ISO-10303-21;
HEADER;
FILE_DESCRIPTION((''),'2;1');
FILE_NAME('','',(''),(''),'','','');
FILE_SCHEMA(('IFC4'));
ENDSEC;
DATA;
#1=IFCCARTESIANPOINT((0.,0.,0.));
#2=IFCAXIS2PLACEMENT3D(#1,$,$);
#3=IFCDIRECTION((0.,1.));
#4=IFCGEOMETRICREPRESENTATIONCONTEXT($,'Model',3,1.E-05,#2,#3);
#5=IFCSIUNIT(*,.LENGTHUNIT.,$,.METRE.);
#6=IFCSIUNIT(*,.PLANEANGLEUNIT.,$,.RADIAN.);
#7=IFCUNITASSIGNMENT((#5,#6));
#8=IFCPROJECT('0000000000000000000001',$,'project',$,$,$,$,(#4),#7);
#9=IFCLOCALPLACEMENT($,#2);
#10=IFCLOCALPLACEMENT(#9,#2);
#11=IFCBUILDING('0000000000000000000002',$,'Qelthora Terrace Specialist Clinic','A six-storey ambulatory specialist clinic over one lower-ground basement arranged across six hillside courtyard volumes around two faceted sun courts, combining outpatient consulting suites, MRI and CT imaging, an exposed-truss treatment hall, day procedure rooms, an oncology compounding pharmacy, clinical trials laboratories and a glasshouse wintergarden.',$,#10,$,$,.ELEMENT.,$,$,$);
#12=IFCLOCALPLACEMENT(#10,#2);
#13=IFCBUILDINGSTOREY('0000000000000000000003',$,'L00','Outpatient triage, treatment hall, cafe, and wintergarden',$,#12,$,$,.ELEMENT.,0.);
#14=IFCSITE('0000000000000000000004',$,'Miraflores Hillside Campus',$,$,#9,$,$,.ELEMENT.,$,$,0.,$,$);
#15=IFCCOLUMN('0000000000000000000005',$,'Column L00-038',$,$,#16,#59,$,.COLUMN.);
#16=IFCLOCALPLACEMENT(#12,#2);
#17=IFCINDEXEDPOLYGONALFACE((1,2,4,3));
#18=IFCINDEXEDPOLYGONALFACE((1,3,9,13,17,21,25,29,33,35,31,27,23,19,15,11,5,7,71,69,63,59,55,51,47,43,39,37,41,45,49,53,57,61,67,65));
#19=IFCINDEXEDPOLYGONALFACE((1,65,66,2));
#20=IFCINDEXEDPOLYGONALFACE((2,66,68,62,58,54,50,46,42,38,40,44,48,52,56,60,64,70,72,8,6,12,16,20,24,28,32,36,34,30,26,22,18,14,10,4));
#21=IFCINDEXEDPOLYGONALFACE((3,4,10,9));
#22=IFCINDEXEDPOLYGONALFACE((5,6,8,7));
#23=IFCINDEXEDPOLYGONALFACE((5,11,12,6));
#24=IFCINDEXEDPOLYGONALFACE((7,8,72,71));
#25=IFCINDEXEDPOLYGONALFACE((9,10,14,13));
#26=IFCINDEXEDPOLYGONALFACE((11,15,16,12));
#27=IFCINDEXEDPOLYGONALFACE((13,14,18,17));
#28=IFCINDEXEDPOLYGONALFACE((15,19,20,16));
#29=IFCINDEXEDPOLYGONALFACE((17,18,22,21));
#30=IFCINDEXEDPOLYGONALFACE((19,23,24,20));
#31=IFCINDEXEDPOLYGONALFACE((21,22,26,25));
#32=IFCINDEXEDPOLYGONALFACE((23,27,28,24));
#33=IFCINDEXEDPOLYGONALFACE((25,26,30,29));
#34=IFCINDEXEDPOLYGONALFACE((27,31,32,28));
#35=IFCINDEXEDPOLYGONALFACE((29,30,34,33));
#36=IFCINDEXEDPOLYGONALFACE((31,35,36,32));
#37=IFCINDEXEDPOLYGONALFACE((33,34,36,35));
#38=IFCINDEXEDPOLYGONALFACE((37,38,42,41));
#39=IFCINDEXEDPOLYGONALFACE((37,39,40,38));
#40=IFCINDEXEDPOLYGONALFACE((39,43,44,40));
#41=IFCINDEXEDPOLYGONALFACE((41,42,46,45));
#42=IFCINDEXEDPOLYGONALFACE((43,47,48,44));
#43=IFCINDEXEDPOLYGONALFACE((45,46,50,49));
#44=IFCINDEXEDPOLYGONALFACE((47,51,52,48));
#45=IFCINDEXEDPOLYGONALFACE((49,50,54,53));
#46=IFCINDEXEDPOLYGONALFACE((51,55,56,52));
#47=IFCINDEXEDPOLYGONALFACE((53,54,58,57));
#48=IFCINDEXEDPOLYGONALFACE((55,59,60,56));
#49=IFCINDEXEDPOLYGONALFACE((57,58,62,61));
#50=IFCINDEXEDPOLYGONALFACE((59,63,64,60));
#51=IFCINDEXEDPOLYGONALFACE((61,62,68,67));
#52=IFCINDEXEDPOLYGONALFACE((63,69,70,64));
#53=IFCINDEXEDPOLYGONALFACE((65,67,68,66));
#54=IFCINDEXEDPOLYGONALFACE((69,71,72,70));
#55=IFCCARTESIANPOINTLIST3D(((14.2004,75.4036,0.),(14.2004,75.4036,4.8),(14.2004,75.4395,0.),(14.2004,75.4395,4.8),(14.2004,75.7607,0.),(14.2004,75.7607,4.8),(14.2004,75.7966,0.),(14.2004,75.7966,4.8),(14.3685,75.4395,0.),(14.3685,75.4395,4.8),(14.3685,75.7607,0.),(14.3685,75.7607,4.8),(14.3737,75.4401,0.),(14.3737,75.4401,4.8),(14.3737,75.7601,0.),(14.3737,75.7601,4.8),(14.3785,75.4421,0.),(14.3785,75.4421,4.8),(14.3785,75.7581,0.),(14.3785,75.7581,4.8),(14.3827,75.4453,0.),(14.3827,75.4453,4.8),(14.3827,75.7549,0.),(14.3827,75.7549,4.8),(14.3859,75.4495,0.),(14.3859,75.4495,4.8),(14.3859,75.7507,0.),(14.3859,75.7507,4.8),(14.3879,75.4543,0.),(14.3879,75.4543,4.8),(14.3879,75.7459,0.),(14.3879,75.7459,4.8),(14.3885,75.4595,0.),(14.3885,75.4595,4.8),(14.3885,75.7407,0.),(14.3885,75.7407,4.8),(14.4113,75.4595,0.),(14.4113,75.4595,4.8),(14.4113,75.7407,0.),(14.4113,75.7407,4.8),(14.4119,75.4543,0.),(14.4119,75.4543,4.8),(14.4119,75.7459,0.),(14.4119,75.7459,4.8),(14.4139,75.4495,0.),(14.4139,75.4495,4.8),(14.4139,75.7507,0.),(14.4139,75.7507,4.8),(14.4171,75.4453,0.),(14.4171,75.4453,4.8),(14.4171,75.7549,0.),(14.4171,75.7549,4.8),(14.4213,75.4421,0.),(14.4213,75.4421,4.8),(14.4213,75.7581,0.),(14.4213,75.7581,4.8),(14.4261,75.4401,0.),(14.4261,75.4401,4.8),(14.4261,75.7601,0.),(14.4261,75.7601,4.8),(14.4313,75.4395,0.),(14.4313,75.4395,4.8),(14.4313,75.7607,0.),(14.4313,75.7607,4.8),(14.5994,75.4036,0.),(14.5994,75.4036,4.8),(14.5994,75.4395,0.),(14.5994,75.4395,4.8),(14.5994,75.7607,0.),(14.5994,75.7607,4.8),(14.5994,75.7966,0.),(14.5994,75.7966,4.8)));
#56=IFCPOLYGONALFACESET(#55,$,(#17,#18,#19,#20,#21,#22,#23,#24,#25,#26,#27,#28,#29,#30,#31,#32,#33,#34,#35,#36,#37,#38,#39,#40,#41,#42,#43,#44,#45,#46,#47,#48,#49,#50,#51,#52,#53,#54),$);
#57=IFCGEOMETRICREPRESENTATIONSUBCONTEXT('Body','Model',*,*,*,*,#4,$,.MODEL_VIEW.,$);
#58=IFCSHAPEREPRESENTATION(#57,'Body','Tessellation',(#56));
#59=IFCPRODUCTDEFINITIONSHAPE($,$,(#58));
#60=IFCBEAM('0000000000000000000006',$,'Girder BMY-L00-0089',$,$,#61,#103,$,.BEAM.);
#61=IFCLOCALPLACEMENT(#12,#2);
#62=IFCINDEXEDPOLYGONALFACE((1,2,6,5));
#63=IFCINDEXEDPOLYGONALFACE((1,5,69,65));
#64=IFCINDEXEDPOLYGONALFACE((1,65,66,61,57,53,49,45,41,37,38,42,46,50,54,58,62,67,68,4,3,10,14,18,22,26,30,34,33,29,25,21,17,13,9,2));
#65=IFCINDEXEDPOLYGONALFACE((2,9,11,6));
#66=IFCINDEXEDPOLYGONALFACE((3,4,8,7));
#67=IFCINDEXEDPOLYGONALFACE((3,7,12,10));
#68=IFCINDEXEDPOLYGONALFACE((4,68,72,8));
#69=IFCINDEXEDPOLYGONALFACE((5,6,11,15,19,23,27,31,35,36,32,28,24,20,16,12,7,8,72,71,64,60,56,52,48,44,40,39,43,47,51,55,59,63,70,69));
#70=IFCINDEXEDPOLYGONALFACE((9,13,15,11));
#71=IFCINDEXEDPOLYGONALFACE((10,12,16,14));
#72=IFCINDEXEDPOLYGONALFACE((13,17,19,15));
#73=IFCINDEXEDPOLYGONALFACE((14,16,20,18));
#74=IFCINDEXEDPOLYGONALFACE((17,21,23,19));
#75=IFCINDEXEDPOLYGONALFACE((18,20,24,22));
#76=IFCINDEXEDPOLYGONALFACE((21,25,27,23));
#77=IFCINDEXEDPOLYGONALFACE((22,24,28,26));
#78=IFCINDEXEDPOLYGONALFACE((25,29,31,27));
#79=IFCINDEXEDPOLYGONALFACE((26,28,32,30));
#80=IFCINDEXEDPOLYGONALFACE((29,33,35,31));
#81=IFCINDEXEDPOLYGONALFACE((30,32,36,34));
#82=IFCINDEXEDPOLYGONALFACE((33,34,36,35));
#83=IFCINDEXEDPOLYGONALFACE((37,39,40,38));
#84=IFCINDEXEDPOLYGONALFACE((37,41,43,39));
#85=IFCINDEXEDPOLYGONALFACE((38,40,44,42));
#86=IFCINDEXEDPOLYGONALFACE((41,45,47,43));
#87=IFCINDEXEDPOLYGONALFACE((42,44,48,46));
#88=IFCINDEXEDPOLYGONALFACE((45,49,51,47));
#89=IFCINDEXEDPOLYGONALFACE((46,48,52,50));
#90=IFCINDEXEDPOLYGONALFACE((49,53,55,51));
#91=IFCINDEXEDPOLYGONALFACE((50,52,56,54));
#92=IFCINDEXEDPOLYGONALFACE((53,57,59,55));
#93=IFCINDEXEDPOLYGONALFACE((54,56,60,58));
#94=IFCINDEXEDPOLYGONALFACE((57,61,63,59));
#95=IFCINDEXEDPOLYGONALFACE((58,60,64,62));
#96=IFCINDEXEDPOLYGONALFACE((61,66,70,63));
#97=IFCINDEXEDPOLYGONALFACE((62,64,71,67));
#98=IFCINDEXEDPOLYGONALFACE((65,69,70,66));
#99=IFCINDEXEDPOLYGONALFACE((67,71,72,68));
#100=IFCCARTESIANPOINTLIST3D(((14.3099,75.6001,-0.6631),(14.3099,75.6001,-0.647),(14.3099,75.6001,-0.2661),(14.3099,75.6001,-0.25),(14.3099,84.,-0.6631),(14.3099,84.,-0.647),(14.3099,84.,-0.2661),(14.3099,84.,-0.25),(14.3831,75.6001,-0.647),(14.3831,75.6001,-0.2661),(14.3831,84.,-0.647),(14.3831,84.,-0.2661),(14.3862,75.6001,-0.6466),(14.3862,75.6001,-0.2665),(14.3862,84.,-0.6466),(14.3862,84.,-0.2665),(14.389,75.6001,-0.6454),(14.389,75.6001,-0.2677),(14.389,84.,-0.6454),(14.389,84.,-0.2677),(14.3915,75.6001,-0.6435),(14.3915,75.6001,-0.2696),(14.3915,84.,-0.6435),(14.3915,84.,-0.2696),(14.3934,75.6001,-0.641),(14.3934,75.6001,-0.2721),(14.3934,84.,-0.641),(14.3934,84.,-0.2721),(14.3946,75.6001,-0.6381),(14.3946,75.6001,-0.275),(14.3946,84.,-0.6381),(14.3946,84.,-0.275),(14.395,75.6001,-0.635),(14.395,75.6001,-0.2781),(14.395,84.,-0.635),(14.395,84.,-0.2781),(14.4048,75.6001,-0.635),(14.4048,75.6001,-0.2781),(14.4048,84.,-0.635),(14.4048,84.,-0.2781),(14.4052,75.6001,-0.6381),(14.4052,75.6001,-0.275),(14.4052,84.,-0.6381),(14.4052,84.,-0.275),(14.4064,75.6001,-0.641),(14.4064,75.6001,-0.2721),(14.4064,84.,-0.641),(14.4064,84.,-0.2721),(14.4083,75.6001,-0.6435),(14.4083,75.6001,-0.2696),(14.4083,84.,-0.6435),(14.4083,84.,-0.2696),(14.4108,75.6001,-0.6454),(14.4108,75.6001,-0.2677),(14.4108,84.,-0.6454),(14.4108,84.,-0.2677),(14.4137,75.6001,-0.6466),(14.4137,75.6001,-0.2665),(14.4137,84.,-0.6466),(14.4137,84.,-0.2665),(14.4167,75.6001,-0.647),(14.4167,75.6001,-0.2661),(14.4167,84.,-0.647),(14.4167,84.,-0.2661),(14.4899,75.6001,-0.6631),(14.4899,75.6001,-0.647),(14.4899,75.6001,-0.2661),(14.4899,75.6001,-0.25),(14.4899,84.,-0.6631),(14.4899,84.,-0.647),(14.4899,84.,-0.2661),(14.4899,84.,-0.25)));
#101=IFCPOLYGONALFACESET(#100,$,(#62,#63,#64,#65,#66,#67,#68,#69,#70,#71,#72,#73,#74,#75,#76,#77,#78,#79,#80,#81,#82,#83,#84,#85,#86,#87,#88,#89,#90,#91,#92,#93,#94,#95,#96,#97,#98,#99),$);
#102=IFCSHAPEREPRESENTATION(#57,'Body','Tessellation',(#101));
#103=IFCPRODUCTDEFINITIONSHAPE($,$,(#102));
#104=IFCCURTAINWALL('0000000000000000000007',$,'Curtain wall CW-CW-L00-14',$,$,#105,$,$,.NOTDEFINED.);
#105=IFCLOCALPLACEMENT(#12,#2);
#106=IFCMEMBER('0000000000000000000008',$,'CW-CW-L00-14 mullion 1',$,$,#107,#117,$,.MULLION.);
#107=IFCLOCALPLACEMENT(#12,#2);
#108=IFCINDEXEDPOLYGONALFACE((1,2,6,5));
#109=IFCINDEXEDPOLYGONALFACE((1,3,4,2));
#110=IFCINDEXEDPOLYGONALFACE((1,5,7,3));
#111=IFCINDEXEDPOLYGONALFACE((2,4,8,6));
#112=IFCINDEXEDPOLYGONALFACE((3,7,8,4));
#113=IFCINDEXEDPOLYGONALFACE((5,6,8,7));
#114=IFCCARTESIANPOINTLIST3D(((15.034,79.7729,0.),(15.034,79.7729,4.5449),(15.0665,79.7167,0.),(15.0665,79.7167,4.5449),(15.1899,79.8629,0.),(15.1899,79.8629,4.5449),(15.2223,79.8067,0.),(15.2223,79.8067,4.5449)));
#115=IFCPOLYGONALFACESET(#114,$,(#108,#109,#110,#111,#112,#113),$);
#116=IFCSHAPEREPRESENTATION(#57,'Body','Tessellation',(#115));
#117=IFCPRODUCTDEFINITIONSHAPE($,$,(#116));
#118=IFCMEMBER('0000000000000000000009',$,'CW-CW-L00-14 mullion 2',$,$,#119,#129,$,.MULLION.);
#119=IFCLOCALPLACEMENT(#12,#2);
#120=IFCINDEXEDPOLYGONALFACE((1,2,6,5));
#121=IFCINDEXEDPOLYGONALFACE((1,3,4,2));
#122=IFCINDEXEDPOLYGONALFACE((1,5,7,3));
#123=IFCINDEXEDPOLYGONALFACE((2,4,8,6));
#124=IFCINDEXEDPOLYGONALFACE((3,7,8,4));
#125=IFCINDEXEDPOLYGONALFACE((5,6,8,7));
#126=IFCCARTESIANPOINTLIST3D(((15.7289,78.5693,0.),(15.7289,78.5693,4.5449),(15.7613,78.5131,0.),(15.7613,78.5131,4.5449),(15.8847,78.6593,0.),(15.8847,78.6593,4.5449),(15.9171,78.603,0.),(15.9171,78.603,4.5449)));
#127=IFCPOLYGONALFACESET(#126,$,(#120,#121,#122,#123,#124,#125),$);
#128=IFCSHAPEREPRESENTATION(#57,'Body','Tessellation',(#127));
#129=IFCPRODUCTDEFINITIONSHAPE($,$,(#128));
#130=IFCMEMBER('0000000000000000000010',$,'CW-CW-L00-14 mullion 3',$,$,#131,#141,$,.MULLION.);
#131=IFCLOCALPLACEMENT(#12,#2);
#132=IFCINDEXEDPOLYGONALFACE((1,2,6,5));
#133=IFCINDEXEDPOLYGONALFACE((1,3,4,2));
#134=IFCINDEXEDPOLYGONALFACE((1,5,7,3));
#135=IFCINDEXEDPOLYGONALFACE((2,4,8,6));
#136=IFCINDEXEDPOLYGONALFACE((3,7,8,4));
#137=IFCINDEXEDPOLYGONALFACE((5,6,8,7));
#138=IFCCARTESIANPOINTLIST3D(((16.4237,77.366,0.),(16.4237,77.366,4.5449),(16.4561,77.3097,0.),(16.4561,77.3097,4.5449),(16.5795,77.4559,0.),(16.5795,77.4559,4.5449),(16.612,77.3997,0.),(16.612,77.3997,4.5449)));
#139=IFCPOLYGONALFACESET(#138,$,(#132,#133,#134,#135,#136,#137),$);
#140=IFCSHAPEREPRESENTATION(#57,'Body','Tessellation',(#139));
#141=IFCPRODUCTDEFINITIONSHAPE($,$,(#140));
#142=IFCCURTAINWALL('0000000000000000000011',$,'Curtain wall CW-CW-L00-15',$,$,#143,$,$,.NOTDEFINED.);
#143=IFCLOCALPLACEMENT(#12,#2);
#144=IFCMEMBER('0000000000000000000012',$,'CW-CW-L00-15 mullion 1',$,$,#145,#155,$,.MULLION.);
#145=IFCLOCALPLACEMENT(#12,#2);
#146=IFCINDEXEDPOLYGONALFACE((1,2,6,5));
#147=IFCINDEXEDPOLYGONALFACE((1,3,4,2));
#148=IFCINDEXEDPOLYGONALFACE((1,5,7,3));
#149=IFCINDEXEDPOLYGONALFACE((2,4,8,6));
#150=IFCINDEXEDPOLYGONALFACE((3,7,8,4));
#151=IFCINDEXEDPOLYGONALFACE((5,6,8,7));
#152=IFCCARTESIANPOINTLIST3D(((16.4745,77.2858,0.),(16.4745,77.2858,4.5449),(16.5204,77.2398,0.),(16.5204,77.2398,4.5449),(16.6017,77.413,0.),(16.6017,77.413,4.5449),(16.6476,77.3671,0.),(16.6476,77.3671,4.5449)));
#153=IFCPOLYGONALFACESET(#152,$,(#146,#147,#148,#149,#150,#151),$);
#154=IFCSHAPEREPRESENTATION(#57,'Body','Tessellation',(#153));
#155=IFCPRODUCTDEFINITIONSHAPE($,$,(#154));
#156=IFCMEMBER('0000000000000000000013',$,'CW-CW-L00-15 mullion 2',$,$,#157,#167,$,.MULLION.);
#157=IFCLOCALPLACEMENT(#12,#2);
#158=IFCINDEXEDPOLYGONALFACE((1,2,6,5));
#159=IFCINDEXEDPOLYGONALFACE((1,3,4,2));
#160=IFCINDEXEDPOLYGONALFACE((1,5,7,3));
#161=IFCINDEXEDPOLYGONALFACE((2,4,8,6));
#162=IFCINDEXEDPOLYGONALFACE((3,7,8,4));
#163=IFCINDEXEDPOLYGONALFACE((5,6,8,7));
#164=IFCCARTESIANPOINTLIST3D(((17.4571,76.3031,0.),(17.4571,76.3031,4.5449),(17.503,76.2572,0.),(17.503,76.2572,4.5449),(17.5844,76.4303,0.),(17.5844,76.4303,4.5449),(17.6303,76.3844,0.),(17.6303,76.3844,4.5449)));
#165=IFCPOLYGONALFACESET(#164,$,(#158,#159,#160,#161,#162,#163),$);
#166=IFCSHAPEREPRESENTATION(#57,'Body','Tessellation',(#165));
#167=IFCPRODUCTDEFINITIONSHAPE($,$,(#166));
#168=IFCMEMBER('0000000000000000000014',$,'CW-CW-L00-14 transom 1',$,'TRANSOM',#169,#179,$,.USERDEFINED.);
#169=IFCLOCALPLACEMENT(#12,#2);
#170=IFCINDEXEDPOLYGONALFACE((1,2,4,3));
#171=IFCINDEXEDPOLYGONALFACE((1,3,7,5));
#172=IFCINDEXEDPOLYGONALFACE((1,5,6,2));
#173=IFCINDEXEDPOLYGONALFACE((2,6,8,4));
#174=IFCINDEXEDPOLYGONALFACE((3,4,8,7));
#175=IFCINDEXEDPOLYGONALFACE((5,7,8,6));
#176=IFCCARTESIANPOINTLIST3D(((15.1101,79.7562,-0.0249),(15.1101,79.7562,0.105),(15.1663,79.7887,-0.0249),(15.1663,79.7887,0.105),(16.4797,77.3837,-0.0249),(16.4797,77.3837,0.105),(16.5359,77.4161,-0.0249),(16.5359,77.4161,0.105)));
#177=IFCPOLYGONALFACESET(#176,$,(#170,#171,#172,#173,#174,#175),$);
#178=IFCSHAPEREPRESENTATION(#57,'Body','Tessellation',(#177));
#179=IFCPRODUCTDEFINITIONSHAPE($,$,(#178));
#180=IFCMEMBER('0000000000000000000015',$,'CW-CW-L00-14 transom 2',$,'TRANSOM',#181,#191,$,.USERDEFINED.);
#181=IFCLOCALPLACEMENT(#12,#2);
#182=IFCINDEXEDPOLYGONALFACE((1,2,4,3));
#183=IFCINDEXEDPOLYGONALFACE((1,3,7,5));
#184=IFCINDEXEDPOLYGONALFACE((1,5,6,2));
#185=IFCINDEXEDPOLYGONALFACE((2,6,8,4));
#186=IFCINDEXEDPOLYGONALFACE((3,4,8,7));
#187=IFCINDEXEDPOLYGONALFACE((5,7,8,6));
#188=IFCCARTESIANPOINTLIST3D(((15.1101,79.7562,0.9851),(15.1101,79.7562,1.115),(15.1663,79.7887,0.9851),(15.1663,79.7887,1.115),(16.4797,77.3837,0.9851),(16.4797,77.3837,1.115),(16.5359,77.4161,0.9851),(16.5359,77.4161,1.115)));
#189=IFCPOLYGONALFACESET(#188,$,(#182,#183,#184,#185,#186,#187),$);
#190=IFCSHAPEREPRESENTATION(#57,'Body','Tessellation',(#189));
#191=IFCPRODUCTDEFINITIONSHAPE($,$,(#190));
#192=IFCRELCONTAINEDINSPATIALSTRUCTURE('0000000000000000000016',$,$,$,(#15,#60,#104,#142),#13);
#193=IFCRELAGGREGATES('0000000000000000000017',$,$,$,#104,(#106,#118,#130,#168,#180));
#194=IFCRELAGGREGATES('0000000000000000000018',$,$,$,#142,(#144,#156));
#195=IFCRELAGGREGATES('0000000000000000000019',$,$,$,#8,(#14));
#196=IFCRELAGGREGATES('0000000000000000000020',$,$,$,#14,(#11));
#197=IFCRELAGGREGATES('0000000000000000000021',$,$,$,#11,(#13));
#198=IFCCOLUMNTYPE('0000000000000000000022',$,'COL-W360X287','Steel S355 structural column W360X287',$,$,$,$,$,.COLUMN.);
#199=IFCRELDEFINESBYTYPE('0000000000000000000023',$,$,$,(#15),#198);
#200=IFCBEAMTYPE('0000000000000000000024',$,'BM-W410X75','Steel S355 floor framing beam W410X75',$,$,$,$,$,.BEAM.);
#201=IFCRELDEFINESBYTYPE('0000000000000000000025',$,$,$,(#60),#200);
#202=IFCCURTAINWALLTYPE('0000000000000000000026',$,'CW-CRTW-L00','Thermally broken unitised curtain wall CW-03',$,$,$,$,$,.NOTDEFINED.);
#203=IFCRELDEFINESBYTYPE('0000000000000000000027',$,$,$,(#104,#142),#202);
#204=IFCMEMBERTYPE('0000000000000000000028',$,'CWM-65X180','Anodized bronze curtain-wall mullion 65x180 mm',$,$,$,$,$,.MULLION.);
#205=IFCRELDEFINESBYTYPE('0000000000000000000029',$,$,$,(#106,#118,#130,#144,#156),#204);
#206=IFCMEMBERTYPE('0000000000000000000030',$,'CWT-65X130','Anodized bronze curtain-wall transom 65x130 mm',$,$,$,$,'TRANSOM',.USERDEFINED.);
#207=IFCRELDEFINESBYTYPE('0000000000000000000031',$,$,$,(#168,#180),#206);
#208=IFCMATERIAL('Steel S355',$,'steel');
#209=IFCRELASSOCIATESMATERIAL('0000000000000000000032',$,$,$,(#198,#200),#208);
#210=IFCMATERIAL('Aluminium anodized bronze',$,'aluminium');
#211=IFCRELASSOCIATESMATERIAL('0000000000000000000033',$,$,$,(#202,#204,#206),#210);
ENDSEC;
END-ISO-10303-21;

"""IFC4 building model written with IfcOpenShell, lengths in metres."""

from ifc_helpers import new_model, si_unit, direction, frame, origin, origin_2d, place, context, subcontext, project, spatial, rectangle, i_section, extrude, material, material_profile, profile_set, type_object, element, aggregate, save


model = new_model("IFC4")

# Units and contexts
model_context = context("Model", 3, precision=1e-05, world=origin(), true_north=direction((0.0, 1.0)))
body_context = subcontext(model_context, "Body", "Model", "MODEL_VIEW")
ifc_project = project(units=[si_unit("LENGTHUNIT", "METRE"), si_unit("PLANEANGLEUNIT", "RADIAN")], contexts=[model_context])

# Site, building, storey
site_placement = place(None, origin())
site = spatial("IfcSite", under=ifc_project, at=site_placement, Name="Miraflores Hillside Campus", CompositionType="ELEMENT", RefElevation=0.0)
building_placement = place(site_placement, origin())
building = spatial("IfcBuilding", under=site, at=building_placement, Name="Qelthora Terrace Specialist Clinic", Description="A six-storey ambulatory specialist clinic over one lower-ground basement arranged across six hillside courtyard volumes around two faceted sun courts, combining outpatient consulting suites, MRI and CT imaging, an exposed-truss treatment hall, day procedure rooms, an oncology compounding pharmacy, clinical trials laboratories and a glasshouse wintergarden.", CompositionType="ELEMENT")
storey_placement = place(building_placement, origin())
storey = spatial("IfcBuildingStorey", under=building, at=storey_placement, Name="L00", Description="Outpatient triage, treatment hall, cafe, and wintergarden", CompositionType="ELEMENT", Elevation=0.0)

# Column
ifc_material_1 = material(Name="Steel S355", Category="steel")
ifc_material_profile_1 = material_profile(ifc_material_1, i_section(OverallWidth=0.3989, OverallDepth=0.3931, WebThickness=0.0227, FlangeThickness=0.0359, FilletRadius=0.02, at=origin_2d()), Name="W360X287")
ifc_profile_set_1 = profile_set([ifc_material_profile_1], Name="Steel S355")
column_type = type_object("IfcColumnType", Name="COL-W360X287", Description="Steel S355 structural column W360X287", PredefinedType="COLUMN", material=ifc_profile_set_1)
column_placement = place(storey_placement, frame((14.3999, 75.6001, 0.0), z_axis=(0.0, 0.0, 1.0), x_axis=(1.0, 0.0, 0.0)))
element("IfcColumn", 1, at=column_placement, inside=storey, type_object=column_type, Name="Column L00-038", PredefinedType="COLUMN", context=body_context, shape_type="SweptSolid", body=[
    extrude(i_section(OverallWidth=0.3989, OverallDepth=0.3931, WebThickness=0.0227, FlangeThickness=0.0359, FilletRadius=0.02, at=origin_2d()), origin(), (0.0, 0.0, 1.0), 4.8),
])

# Beam
ifc_material_profile_2 = material_profile(ifc_material_1, i_section(OverallWidth=0.1799, OverallDepth=0.4131, WebThickness=0.0098, FlangeThickness=0.0161, FilletRadius=0.012, at=origin_2d()), Name="W410X75")
ifc_profile_set_2 = profile_set([ifc_material_profile_2], Name="Steel S355")
beam_type = type_object("IfcBeamType", Name="BM-W410X75", Description="Steel S355 floor framing beam W410X75", PredefinedType="BEAM", material=ifc_profile_set_2)
beam_placement = place(storey_placement, frame((14.3999, 75.6001, -0.4565), z_axis=(0.0, 1.0, 0.0), x_axis=(-1.0, 0.0, 0.0)))
element("IfcBeam", 2, at=beam_placement, inside=storey, type_object=beam_type, Name="Girder BMY-L00-0089", PredefinedType="BEAM", context=body_context, shape_type="SweptSolid", body=[
    extrude(i_section(OverallWidth=0.1799, OverallDepth=0.4131, WebThickness=0.0098, FlangeThickness=0.0161, FilletRadius=0.012, at=origin_2d()), origin(), (0.0, 0.0, 1.0), 8.3999),
])

# Curtain walls, members
ifc_material_2 = material(Name="Aluminium anodized bronze", Category="aluminium")
curtain_wall_type = type_object("IfcCurtainWallType", Name="CW-CRTW-L00", Description="Thermally broken unitised curtain wall CW-03", PredefinedType="NOTDEFINED", material=ifc_material_2)
curtain_wall_1_placement = place(storey_placement, origin())
curtain_wall_1 = element("IfcCurtainWall", 3, at=curtain_wall_1_placement, inside=storey, type_object=curtain_wall_type, Name="Curtain wall CW-CW-L00-14", PredefinedType="NOTDEFINED")
ifc_material_profile_3 = material_profile(ifc_material_2, rectangle(XDim=0.0649, YDim=0.1799, at=origin_2d()), Name="CWM65X180")
ifc_profile_set_3 = profile_set([ifc_material_profile_3], Name="Aluminium anodized bronze")
member_type_1 = type_object("IfcMemberType", Name="CWM-65X180", Description="Anodized bronze curtain-wall mullion 65x180 mm", PredefinedType="MULLION", material=ifc_profile_set_3)
member_1_placement = place(storey_placement, frame((15.1282, 79.7898, 0.0), z_axis=(0.0, 0.0, 1.0), x_axis=(0.5, -0.866026, 0.0)))
member_1 = element("IfcMember", 4, at=member_1_placement, type_object=member_type_1, Name="CW-CW-L00-14 mullion 1", PredefinedType="MULLION", context=body_context, shape_type="SweptSolid", body=[
    extrude(rectangle(XDim=0.0649, YDim=0.1799, at=origin_2d()), origin(), (0.0, 0.0, 1.0), 4.5449),
])
member_2_placement = place(storey_placement, frame((15.823, 78.5862, 0.0), z_axis=(0.0, 0.0, 1.0), x_axis=(0.5, -0.866026, 0.0)))
member_2 = element("IfcMember", 5, at=member_2_placement, type_object=member_type_1, Name="CW-CW-L00-14 mullion 2", PredefinedType="MULLION", context=body_context, shape_type="SweptSolid", body=[
    extrude(rectangle(XDim=0.0649, YDim=0.1799, at=origin_2d()), origin(), (0.0, 0.0, 1.0), 4.5449),
])
member_3_placement = place(storey_placement, frame((16.5178, 77.3828, 0.0), z_axis=(0.0, 0.0, 1.0), x_axis=(0.5, -0.866026, 0.0)))
member_3 = element("IfcMember", 6, at=member_3_placement, type_object=member_type_1, Name="CW-CW-L00-14 mullion 3", PredefinedType="MULLION", context=body_context, shape_type="SweptSolid", body=[
    extrude(rectangle(XDim=0.0649, YDim=0.1799, at=origin_2d()), origin(), (0.0, 0.0, 1.0), 4.5449),
])
curtain_wall_2_placement = place(storey_placement, origin())
curtain_wall_2 = element("IfcCurtainWall", 7, at=curtain_wall_2_placement, inside=storey, type_object=curtain_wall_type, Name="Curtain wall CW-CW-L00-15", PredefinedType="NOTDEFINED")
member_4_placement = place(storey_placement, frame((16.561, 77.3264, 0.0), z_axis=(0.0, 0.0, 1.0), x_axis=(0.707107, -0.707107, 0.0)))
member_4 = element("IfcMember", 8, at=member_4_placement, type_object=member_type_1, Name="CW-CW-L00-15 mullion 1", PredefinedType="MULLION", context=body_context, shape_type="SweptSolid", body=[
    extrude(rectangle(XDim=0.0649, YDim=0.1799, at=origin_2d()), origin(), (0.0, 0.0, 1.0), 4.5449),
])
member_5_placement = place(storey_placement, frame((17.5437, 76.3438, 0.0), z_axis=(0.0, 0.0, 1.0), x_axis=(0.707107, -0.707107, 0.0)))
member_5 = element("IfcMember", 9, at=member_5_placement, type_object=member_type_1, Name="CW-CW-L00-15 mullion 2", PredefinedType="MULLION", context=body_context, shape_type="SweptSolid", body=[
    extrude(rectangle(XDim=0.0649, YDim=0.1799, at=origin_2d()), origin(), (0.0, 0.0, 1.0), 4.5449),
])

# Members
ifc_material_profile_4 = material_profile(ifc_material_2, rectangle(XDim=0.0649, YDim=0.1299, at=origin_2d()), Name="CWT65X130")
ifc_profile_set_4 = profile_set([ifc_material_profile_4], Name="Aluminium anodized bronze")
member_type_2 = type_object("IfcMemberType", Name="CWT-65X130", Description="Anodized bronze curtain-wall transom 65x130 mm", ElementType="TRANSOM", PredefinedType="USERDEFINED", material=ifc_profile_set_4)
member_6_placement = place(storey_placement, frame((15.1382, 79.7725, 0.04), z_axis=(0.499954, -0.866052, 0.0), x_axis=(0.866052, 0.499954, 0.0)))
member_6 = element("IfcMember", 10, at=member_6_placement, type_object=member_type_2, Name="CW-CW-L00-14 transom 1", ObjectType="TRANSOM", PredefinedType="USERDEFINED", context=body_context, shape_type="SweptSolid", body=[
    extrude(rectangle(XDim=0.0649, YDim=0.1299, at=origin_2d()), origin(), (0.0, 0.0, 1.0), 2.7395),
])
member_7_placement = place(storey_placement, frame((15.1382, 79.7725, 1.05), z_axis=(0.499954, -0.866052, 0.0), x_axis=(0.866052, 0.499954, 0.0)))
member_7 = element("IfcMember", 11, at=member_7_placement, type_object=member_type_2, Name="CW-CW-L00-14 transom 2", ObjectType="TRANSOM", PredefinedType="USERDEFINED", context=body_context, shape_type="SweptSolid", body=[
    extrude(rectangle(XDim=0.0649, YDim=0.1299, at=origin_2d()), origin(), (0.0, 0.0, 1.0), 2.7395),
])

aggregate(curtain_wall_1, [member_1, member_2, member_3, member_6, member_7])
aggregate(curtain_wall_2, [member_4, member_5])

save(model, "model.ifc")
